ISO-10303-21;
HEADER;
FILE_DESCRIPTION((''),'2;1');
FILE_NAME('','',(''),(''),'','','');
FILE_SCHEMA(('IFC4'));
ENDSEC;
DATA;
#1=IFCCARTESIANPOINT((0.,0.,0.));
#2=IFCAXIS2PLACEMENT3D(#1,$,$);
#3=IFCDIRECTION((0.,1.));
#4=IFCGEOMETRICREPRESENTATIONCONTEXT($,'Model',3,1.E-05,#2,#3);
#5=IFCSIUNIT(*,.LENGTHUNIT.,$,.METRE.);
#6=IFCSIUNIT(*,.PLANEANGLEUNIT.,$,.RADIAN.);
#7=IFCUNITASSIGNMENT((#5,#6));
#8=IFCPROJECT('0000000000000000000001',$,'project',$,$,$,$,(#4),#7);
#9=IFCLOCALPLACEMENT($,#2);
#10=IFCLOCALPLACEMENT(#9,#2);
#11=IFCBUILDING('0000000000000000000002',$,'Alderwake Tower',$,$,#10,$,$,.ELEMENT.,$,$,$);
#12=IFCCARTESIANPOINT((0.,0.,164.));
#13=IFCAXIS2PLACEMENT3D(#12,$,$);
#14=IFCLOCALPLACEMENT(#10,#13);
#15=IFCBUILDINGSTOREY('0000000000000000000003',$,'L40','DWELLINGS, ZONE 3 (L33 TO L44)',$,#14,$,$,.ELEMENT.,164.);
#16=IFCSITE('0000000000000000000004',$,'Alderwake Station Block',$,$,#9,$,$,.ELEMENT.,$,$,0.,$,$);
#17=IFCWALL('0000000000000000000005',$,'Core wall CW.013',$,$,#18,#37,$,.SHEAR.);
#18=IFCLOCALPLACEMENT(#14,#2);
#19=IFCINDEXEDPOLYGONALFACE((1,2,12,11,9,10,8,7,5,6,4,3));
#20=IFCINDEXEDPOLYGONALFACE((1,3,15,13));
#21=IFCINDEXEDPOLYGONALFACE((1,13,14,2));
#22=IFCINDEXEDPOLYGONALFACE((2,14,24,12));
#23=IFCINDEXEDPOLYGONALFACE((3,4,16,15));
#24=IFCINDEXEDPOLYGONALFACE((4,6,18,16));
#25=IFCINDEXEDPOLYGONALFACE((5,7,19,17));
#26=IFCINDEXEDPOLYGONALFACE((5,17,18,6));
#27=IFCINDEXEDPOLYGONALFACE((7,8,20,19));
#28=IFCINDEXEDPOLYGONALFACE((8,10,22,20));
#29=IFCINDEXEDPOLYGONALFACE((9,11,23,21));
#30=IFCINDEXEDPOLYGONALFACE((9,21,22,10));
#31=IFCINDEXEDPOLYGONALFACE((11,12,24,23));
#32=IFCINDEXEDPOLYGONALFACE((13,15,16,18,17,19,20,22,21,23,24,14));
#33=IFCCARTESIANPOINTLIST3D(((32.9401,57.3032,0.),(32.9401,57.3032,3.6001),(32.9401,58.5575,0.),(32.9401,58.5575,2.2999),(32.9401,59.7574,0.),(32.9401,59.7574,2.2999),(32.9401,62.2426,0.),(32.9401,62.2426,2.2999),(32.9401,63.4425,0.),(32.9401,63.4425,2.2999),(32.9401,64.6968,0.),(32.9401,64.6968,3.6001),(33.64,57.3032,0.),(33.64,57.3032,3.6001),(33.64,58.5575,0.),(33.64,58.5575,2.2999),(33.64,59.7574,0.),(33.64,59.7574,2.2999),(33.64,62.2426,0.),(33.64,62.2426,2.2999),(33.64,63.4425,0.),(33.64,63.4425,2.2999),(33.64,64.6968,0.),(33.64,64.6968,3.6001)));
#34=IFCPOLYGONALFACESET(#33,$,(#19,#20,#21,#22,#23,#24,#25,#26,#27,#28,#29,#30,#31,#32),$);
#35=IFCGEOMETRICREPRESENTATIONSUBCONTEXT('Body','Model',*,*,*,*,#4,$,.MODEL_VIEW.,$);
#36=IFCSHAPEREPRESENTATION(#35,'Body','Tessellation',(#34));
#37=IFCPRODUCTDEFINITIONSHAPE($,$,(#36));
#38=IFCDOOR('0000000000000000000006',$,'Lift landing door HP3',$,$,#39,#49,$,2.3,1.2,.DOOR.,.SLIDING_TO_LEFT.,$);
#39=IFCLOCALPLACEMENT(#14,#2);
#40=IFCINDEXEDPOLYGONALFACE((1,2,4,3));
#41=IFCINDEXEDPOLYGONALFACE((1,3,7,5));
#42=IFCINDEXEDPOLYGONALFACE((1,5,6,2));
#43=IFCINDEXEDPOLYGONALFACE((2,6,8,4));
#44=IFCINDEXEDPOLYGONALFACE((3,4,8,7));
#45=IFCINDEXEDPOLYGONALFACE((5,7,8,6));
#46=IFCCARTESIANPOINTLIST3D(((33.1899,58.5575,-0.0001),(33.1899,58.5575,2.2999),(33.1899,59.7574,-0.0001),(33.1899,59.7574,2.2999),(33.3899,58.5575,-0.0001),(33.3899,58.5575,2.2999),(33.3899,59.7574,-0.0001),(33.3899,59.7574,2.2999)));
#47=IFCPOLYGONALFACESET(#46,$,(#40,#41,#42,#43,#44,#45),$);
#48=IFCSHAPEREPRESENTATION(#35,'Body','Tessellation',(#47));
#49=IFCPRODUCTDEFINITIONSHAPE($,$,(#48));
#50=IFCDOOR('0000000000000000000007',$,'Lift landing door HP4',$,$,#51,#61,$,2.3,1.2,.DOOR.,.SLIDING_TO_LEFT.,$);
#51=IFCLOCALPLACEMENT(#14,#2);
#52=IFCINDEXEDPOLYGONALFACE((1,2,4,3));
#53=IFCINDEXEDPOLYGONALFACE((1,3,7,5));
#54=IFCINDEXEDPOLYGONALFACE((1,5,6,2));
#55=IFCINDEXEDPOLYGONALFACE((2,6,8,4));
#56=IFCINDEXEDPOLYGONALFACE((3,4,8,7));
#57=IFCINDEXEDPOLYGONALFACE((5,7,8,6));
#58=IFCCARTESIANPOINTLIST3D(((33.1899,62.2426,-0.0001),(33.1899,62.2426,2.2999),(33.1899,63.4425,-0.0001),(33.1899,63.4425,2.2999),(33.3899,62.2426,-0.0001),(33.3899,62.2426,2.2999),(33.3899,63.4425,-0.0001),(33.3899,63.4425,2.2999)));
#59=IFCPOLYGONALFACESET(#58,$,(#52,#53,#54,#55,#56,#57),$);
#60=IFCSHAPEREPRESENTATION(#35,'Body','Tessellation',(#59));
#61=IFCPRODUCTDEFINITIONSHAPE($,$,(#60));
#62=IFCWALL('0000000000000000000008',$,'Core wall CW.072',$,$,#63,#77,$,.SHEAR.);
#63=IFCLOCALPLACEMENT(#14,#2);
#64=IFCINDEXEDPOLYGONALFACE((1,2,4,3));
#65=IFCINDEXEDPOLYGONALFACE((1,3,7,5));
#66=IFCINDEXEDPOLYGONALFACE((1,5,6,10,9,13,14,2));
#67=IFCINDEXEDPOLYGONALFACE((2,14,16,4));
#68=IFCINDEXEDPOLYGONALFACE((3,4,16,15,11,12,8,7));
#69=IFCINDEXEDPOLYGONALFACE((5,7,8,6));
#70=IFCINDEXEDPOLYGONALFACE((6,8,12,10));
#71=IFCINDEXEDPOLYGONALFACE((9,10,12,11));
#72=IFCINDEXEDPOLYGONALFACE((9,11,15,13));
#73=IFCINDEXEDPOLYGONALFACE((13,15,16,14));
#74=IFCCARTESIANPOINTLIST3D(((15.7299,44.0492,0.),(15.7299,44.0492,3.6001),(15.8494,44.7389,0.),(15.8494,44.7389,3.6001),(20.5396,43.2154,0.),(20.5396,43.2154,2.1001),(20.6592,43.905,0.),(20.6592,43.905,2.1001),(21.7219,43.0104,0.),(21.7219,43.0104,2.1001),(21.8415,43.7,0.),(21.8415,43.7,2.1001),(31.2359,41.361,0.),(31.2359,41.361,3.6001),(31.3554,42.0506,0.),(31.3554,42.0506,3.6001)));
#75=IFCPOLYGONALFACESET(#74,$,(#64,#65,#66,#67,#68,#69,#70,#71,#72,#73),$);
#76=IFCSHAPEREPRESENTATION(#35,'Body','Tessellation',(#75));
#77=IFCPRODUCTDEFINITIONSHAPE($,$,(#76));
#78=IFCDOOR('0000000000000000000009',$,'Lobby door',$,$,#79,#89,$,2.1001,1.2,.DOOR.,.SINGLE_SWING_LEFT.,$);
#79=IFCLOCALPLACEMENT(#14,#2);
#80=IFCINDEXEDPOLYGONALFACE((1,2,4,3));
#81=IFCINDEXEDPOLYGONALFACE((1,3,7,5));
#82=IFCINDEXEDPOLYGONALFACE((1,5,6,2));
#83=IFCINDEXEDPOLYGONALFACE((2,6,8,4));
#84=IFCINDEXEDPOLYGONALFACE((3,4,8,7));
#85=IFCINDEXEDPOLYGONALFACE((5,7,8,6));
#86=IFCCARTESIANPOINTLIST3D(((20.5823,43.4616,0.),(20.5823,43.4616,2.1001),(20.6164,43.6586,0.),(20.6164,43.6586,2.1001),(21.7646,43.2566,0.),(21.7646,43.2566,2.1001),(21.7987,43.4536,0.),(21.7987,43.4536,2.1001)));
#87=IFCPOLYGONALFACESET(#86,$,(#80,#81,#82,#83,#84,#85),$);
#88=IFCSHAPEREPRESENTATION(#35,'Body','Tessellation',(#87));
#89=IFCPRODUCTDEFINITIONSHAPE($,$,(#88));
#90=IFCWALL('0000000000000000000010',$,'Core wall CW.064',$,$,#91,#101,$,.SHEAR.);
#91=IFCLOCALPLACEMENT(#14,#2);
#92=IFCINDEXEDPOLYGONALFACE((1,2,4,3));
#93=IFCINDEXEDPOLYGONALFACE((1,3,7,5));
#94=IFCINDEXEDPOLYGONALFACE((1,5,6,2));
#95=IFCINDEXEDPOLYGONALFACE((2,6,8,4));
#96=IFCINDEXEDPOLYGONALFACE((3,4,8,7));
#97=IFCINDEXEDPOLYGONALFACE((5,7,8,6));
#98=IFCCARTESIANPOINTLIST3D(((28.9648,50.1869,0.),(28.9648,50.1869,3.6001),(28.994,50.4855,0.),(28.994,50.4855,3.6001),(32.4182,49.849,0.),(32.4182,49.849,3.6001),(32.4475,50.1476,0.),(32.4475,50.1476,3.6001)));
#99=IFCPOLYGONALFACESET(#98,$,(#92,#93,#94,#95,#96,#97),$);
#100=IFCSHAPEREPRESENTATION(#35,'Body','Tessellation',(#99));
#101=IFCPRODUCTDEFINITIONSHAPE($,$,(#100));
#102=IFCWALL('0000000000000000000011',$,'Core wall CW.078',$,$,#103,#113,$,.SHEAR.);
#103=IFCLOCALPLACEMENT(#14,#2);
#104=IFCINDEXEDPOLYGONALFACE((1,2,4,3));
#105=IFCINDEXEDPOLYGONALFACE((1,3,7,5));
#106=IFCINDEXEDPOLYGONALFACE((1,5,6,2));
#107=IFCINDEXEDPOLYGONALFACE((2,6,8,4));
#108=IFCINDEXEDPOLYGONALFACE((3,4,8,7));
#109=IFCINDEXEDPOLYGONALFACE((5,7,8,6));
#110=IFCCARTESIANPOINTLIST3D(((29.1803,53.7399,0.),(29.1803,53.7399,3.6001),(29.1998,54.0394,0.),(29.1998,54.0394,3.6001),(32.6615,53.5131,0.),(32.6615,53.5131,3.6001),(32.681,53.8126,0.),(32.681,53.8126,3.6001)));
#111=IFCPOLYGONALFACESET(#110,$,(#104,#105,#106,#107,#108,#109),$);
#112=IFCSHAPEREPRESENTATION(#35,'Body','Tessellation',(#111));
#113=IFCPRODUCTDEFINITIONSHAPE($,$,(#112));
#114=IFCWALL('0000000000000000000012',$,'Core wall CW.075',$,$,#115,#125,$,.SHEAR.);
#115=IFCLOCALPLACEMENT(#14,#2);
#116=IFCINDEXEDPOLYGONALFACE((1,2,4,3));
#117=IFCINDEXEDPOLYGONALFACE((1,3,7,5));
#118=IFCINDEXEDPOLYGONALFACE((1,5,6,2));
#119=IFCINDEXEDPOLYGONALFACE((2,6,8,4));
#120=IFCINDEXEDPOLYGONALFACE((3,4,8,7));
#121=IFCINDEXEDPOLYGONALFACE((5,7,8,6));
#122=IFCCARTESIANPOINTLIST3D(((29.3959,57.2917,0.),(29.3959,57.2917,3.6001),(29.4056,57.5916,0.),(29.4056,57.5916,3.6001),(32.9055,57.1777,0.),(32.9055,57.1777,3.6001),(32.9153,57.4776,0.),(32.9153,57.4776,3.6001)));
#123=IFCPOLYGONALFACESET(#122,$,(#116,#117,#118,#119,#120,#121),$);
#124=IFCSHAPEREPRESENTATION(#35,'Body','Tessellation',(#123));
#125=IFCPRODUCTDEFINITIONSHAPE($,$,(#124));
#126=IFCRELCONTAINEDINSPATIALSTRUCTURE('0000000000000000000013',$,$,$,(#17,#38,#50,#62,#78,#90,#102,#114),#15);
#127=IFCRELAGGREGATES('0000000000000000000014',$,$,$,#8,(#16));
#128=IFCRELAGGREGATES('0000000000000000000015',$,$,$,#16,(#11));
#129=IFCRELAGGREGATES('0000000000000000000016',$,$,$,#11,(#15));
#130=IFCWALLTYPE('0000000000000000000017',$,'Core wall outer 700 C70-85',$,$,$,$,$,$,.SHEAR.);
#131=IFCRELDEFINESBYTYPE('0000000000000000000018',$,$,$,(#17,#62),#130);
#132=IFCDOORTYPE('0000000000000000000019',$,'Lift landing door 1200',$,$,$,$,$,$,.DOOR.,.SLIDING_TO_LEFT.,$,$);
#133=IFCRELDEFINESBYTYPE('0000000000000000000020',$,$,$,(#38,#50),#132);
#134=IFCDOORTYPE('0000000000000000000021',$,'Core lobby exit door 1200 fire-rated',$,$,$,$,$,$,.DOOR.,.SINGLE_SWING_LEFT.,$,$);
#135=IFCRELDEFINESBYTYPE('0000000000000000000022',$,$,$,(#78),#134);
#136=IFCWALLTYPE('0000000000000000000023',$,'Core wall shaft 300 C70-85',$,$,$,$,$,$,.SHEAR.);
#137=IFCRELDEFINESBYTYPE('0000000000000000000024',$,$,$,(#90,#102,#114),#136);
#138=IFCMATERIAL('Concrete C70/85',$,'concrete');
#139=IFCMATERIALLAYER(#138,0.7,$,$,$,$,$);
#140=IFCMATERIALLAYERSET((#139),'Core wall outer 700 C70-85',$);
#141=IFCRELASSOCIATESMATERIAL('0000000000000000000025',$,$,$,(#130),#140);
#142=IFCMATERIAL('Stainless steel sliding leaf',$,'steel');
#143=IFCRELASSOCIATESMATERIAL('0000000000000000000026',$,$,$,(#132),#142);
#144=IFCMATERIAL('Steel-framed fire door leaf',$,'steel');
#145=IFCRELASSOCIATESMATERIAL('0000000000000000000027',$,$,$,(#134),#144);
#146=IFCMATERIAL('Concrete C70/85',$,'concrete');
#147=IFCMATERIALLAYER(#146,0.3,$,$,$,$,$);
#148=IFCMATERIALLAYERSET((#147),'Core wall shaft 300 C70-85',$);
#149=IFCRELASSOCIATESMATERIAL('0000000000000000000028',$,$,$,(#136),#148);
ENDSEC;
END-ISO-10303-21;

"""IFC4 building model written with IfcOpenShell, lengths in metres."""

from ifc_helpers import new_model, si_unit, direction, frame, frame_2d, origin, place, context, subcontext, project, spatial, rectangle, extrude, material, layer, layer_set, type_object, element, fill, save


model = new_model("IFC4")

# Units and contexts
model_context = context("Model", 3, precision=1e-05, world=origin(), true_north=direction((0.0, 1.0)))
body_context = subcontext(model_context, "Body", "Model", "MODEL_VIEW")
ifc_project = project(units=[si_unit("LENGTHUNIT", "METRE"), si_unit("PLANEANGLEUNIT", "RADIAN")], contexts=[model_context])

# Site, building, storey
site_placement = place(None, origin())
site = spatial("IfcSite", under=ifc_project, at=site_placement, Name="Alderwake Station Block", CompositionType="ELEMENT", RefElevation=0.0)
building_placement = place(site_placement, origin())
building = spatial("IfcBuilding", under=site, at=building_placement, Name="Alderwake Tower", CompositionType="ELEMENT")
storey_placement = place(building_placement, frame((0.0, 0.0, 164.0)))
storey = spatial("IfcBuildingStorey", under=building, at=storey_placement, Name="L40", Description="DWELLINGS, ZONE 3 (L33 TO L44)", CompositionType="ELEMENT", Elevation=164.0)

# Shared definitions
ifc_material_1 = material(Name="Concrete C70/85", Category="concrete")
ifc_layer_1 = layer(ifc_material_1, 0.7)
ifc_layer_set_1 = layer_set([ifc_layer_1], Name="Core wall outer 700 C70-85")
wall_type_1 = type_object("IfcWallType", Name="Core wall outer 700 C70-85", PredefinedType="SHEAR", material=ifc_layer_set_1)

# Wall, openings, doors
ifc_material_2 = material(Name="Stainless steel sliding leaf", Category="steel")
door_type_1 = type_object("IfcDoorType", Name="Lift landing door 1200", OperationType="SLIDING_TO_LEFT", PredefinedType="DOOR", material=ifc_material_2)
wall_1_placement = place(storey_placement, frame((33.29, 57.3032, 0.0), z_axis=(0.0, 0.0, 1.0), x_axis=(0.0, 1.0, 0.0)))
wall_1 = element("IfcWall", 1, at=wall_1_placement, inside=storey, type_object=wall_type_1, Name="Core wall CW.013", PredefinedType="SHEAR", context=body_context, shape_type="SweptSolid", body=[
    extrude(rectangle(XDim=7.3936, YDim=0.7, at=frame_2d((3.6968, 0.0))), origin(), (0.0, 0.0, 1.0), 3.6001),
])
opening_1_placement = place(wall_1_placement, frame((1.2542, 0.0, 0.0)))
opening_1 = element("IfcOpeningElement", 2, at=opening_1_placement, cuts=wall_1, PredefinedType="OPENING", context=body_context, shape_type="SweptSolid", body=[
    extrude(rectangle(XDim=1.2, YDim=2.3, at=frame_2d((0.6001, 1.1499))), frame((0.0, 0.3599, 0.0), z_axis=(0.0, -1.0, 0.0), x_axis=(1.0, 0.0, 0.0)), (0.0, 0.0, 1.0), 0.72),
])
opening_2_placement = place(wall_1_placement, frame((4.9392, 0.0, 0.0)))
opening_2 = element("IfcOpeningElement", 3, at=opening_2_placement, cuts=wall_1, PredefinedType="OPENING", context=body_context, shape_type="SweptSolid", body=[
    extrude(rectangle(XDim=1.2, YDim=2.3, at=frame_2d((0.6001, 1.1499))), frame((0.0, 0.3599, 0.0), z_axis=(0.0, -1.0, 0.0), x_axis=(1.0, 0.0, 0.0)), (0.0, 0.0, 1.0), 0.72),
])
door_1_placement = place(opening_1_placement, origin())
door_1 = element("IfcDoor", 4, at=door_1_placement, inside=storey, type_object=door_type_1, Name="Lift landing door HP3", OperationType="SLIDING_TO_LEFT", OverallHeight=2.3, OverallWidth=1.2, PredefinedType="DOOR", context=body_context, shape_type="SweptSolid", body=[
    extrude(rectangle(XDim=1.2, YDim=2.3, at=frame_2d((0.6001, 1.1499))), frame((0.0, 0.1001, 0.0), z_axis=(0.0, -1.0, 0.0), x_axis=(1.0, 0.0, 0.0)), (0.0, 0.0, 1.0), 0.2),
])
fill(opening_1, door_1)
door_2_placement = place(opening_2_placement, origin())
door_2 = element("IfcDoor", 5, at=door_2_placement, inside=storey, type_object=door_type_1, Name="Lift landing door HP4", OperationType="SLIDING_TO_LEFT", OverallHeight=2.3, OverallWidth=1.2, PredefinedType="DOOR", context=body_context, shape_type="SweptSolid", body=[
    extrude(rectangle(XDim=1.2, YDim=2.3, at=frame_2d((0.6001, 1.1499))), frame((0.0, 0.1001, 0.0), z_axis=(0.0, -1.0, 0.0), x_axis=(1.0, 0.0, 0.0)), (0.0, 0.0, 1.0), 0.2),
])
fill(opening_2, door_2)

# Wall, opening, door
wall_2_placement = place(storey_placement, frame((31.2957, 41.7058, 0.0), z_axis=(0.0, 0.0, 1.0), x_axis=(-0.985303, 0.170818, 0.0)))
wall_2 = element("IfcWall", 6, at=wall_2_placement, inside=storey, type_object=wall_type_1, Name="Core wall CW.072", PredefinedType="SHEAR", context=body_context, shape_type="SweptSolid", body=[
    extrude(rectangle(XDim=15.7373, YDim=0.7, at=frame_2d((7.8687, 0.0))), origin(), (0.0, 0.0, 1.0), 3.6001),
])
opening_3_placement = place(wall_2_placement, frame((9.6558, 0.0, 0.0)))
opening_3 = element("IfcOpeningElement", 7, at=opening_3_placement, cuts=wall_2, PredefinedType="OPENING", context=body_context, shape_type="SweptSolid", body=[
    extrude(rectangle(XDim=1.2, YDim=2.1001, at=frame_2d((0.6001, 1.05))), frame((0.0, 0.3599, 0.0), z_axis=(0.0, -1.0, 0.0), x_axis=(1.0, 0.0, 0.0)), (0.0, 0.0, 1.0), 0.72),
])
ifc_material_3 = material(Name="Steel-framed fire door leaf", Category="steel")
door_type_2 = type_object("IfcDoorType", Name="Core lobby exit door 1200 fire-rated", OperationType="SINGLE_SWING_LEFT", PredefinedType="DOOR", material=ifc_material_3)
door_3_placement = place(opening_3_placement, origin())
door_3 = element("IfcDoor", 8, at=door_3_placement, inside=storey, type_object=door_type_2, Name="Lobby door", OperationType="SINGLE_SWING_LEFT", OverallHeight=2.1001, OverallWidth=1.2, PredefinedType="DOOR", context=body_context, shape_type="SweptSolid", body=[
    extrude(rectangle(XDim=1.2, YDim=2.1001, at=frame_2d((0.6001, 1.05))), frame((0.0, 0.1001, 0.0), z_axis=(0.0, -1.0, 0.0), x_axis=(1.0, 0.0, 0.0)), (0.0, 0.0, 1.0), 0.2),
])
fill(opening_3, door_3)

# Walls
ifc_material_4 = material(Name="Concrete C70/85", Category="concrete")
ifc_layer_2 = layer(ifc_material_4, 0.3)
ifc_layer_set_2 = layer_set([ifc_layer_2], Name="Core wall shaft 300 C70-85")
wall_type_2 = type_object("IfcWallType", Name="Core wall shaft 300 C70-85", PredefinedType="SHEAR", material=ifc_layer_set_2)
wall_3_placement = place(storey_placement, frame((28.9795, 50.3362, 0.0), z_axis=(0.0, 0.0, 1.0), x_axis=(0.995247, -0.097379, 0.0)))
element("IfcWall", 9, at=wall_3_placement, inside=storey, type_object=wall_type_2, Name="Core wall CW.064", PredefinedType="SHEAR", context=body_context, shape_type="SweptSolid", body=[
    extrude(rectangle(XDim=3.47, YDim=0.3, at=frame_2d((1.7349, 0.0))), origin(), (0.0, 0.0, 1.0), 3.6001),
])
wall_4_placement = place(storey_placement, frame((29.1902, 53.8896, 0.0), z_axis=(0.0, 0.0, 1.0), x_axis=(0.997884, -0.065014, 0.0)))
element("IfcWall", 10, at=wall_4_placement, inside=storey, type_object=wall_type_2, Name="Core wall CW.078", PredefinedType="SHEAR", context=body_context, shape_type="SweptSolid", body=[
    extrude(rectangle(XDim=3.4885, YDim=0.3, at=frame_2d((1.7441, 0.0))), origin(), (0.0, 0.0, 1.0), 3.6001),
])
wall_5_placement = place(storey_placement, frame((29.4006, 57.4417, 0.0), z_axis=(0.0, 0.0, 1.0), x_axis=(0.999473, -0.03247, 0.0)))
element("IfcWall", 11, at=wall_5_placement, inside=storey, type_object=wall_type_2, Name="Core wall CW.075", PredefinedType="SHEAR", context=body_context, shape_type="SweptSolid", body=[
    extrude(rectangle(XDim=3.5115, YDim=0.3, at=frame_2d((1.7559, 0.0))), origin(), (0.0, 0.0, 1.0), 3.6001),
])

save(model, "model.ifc")
